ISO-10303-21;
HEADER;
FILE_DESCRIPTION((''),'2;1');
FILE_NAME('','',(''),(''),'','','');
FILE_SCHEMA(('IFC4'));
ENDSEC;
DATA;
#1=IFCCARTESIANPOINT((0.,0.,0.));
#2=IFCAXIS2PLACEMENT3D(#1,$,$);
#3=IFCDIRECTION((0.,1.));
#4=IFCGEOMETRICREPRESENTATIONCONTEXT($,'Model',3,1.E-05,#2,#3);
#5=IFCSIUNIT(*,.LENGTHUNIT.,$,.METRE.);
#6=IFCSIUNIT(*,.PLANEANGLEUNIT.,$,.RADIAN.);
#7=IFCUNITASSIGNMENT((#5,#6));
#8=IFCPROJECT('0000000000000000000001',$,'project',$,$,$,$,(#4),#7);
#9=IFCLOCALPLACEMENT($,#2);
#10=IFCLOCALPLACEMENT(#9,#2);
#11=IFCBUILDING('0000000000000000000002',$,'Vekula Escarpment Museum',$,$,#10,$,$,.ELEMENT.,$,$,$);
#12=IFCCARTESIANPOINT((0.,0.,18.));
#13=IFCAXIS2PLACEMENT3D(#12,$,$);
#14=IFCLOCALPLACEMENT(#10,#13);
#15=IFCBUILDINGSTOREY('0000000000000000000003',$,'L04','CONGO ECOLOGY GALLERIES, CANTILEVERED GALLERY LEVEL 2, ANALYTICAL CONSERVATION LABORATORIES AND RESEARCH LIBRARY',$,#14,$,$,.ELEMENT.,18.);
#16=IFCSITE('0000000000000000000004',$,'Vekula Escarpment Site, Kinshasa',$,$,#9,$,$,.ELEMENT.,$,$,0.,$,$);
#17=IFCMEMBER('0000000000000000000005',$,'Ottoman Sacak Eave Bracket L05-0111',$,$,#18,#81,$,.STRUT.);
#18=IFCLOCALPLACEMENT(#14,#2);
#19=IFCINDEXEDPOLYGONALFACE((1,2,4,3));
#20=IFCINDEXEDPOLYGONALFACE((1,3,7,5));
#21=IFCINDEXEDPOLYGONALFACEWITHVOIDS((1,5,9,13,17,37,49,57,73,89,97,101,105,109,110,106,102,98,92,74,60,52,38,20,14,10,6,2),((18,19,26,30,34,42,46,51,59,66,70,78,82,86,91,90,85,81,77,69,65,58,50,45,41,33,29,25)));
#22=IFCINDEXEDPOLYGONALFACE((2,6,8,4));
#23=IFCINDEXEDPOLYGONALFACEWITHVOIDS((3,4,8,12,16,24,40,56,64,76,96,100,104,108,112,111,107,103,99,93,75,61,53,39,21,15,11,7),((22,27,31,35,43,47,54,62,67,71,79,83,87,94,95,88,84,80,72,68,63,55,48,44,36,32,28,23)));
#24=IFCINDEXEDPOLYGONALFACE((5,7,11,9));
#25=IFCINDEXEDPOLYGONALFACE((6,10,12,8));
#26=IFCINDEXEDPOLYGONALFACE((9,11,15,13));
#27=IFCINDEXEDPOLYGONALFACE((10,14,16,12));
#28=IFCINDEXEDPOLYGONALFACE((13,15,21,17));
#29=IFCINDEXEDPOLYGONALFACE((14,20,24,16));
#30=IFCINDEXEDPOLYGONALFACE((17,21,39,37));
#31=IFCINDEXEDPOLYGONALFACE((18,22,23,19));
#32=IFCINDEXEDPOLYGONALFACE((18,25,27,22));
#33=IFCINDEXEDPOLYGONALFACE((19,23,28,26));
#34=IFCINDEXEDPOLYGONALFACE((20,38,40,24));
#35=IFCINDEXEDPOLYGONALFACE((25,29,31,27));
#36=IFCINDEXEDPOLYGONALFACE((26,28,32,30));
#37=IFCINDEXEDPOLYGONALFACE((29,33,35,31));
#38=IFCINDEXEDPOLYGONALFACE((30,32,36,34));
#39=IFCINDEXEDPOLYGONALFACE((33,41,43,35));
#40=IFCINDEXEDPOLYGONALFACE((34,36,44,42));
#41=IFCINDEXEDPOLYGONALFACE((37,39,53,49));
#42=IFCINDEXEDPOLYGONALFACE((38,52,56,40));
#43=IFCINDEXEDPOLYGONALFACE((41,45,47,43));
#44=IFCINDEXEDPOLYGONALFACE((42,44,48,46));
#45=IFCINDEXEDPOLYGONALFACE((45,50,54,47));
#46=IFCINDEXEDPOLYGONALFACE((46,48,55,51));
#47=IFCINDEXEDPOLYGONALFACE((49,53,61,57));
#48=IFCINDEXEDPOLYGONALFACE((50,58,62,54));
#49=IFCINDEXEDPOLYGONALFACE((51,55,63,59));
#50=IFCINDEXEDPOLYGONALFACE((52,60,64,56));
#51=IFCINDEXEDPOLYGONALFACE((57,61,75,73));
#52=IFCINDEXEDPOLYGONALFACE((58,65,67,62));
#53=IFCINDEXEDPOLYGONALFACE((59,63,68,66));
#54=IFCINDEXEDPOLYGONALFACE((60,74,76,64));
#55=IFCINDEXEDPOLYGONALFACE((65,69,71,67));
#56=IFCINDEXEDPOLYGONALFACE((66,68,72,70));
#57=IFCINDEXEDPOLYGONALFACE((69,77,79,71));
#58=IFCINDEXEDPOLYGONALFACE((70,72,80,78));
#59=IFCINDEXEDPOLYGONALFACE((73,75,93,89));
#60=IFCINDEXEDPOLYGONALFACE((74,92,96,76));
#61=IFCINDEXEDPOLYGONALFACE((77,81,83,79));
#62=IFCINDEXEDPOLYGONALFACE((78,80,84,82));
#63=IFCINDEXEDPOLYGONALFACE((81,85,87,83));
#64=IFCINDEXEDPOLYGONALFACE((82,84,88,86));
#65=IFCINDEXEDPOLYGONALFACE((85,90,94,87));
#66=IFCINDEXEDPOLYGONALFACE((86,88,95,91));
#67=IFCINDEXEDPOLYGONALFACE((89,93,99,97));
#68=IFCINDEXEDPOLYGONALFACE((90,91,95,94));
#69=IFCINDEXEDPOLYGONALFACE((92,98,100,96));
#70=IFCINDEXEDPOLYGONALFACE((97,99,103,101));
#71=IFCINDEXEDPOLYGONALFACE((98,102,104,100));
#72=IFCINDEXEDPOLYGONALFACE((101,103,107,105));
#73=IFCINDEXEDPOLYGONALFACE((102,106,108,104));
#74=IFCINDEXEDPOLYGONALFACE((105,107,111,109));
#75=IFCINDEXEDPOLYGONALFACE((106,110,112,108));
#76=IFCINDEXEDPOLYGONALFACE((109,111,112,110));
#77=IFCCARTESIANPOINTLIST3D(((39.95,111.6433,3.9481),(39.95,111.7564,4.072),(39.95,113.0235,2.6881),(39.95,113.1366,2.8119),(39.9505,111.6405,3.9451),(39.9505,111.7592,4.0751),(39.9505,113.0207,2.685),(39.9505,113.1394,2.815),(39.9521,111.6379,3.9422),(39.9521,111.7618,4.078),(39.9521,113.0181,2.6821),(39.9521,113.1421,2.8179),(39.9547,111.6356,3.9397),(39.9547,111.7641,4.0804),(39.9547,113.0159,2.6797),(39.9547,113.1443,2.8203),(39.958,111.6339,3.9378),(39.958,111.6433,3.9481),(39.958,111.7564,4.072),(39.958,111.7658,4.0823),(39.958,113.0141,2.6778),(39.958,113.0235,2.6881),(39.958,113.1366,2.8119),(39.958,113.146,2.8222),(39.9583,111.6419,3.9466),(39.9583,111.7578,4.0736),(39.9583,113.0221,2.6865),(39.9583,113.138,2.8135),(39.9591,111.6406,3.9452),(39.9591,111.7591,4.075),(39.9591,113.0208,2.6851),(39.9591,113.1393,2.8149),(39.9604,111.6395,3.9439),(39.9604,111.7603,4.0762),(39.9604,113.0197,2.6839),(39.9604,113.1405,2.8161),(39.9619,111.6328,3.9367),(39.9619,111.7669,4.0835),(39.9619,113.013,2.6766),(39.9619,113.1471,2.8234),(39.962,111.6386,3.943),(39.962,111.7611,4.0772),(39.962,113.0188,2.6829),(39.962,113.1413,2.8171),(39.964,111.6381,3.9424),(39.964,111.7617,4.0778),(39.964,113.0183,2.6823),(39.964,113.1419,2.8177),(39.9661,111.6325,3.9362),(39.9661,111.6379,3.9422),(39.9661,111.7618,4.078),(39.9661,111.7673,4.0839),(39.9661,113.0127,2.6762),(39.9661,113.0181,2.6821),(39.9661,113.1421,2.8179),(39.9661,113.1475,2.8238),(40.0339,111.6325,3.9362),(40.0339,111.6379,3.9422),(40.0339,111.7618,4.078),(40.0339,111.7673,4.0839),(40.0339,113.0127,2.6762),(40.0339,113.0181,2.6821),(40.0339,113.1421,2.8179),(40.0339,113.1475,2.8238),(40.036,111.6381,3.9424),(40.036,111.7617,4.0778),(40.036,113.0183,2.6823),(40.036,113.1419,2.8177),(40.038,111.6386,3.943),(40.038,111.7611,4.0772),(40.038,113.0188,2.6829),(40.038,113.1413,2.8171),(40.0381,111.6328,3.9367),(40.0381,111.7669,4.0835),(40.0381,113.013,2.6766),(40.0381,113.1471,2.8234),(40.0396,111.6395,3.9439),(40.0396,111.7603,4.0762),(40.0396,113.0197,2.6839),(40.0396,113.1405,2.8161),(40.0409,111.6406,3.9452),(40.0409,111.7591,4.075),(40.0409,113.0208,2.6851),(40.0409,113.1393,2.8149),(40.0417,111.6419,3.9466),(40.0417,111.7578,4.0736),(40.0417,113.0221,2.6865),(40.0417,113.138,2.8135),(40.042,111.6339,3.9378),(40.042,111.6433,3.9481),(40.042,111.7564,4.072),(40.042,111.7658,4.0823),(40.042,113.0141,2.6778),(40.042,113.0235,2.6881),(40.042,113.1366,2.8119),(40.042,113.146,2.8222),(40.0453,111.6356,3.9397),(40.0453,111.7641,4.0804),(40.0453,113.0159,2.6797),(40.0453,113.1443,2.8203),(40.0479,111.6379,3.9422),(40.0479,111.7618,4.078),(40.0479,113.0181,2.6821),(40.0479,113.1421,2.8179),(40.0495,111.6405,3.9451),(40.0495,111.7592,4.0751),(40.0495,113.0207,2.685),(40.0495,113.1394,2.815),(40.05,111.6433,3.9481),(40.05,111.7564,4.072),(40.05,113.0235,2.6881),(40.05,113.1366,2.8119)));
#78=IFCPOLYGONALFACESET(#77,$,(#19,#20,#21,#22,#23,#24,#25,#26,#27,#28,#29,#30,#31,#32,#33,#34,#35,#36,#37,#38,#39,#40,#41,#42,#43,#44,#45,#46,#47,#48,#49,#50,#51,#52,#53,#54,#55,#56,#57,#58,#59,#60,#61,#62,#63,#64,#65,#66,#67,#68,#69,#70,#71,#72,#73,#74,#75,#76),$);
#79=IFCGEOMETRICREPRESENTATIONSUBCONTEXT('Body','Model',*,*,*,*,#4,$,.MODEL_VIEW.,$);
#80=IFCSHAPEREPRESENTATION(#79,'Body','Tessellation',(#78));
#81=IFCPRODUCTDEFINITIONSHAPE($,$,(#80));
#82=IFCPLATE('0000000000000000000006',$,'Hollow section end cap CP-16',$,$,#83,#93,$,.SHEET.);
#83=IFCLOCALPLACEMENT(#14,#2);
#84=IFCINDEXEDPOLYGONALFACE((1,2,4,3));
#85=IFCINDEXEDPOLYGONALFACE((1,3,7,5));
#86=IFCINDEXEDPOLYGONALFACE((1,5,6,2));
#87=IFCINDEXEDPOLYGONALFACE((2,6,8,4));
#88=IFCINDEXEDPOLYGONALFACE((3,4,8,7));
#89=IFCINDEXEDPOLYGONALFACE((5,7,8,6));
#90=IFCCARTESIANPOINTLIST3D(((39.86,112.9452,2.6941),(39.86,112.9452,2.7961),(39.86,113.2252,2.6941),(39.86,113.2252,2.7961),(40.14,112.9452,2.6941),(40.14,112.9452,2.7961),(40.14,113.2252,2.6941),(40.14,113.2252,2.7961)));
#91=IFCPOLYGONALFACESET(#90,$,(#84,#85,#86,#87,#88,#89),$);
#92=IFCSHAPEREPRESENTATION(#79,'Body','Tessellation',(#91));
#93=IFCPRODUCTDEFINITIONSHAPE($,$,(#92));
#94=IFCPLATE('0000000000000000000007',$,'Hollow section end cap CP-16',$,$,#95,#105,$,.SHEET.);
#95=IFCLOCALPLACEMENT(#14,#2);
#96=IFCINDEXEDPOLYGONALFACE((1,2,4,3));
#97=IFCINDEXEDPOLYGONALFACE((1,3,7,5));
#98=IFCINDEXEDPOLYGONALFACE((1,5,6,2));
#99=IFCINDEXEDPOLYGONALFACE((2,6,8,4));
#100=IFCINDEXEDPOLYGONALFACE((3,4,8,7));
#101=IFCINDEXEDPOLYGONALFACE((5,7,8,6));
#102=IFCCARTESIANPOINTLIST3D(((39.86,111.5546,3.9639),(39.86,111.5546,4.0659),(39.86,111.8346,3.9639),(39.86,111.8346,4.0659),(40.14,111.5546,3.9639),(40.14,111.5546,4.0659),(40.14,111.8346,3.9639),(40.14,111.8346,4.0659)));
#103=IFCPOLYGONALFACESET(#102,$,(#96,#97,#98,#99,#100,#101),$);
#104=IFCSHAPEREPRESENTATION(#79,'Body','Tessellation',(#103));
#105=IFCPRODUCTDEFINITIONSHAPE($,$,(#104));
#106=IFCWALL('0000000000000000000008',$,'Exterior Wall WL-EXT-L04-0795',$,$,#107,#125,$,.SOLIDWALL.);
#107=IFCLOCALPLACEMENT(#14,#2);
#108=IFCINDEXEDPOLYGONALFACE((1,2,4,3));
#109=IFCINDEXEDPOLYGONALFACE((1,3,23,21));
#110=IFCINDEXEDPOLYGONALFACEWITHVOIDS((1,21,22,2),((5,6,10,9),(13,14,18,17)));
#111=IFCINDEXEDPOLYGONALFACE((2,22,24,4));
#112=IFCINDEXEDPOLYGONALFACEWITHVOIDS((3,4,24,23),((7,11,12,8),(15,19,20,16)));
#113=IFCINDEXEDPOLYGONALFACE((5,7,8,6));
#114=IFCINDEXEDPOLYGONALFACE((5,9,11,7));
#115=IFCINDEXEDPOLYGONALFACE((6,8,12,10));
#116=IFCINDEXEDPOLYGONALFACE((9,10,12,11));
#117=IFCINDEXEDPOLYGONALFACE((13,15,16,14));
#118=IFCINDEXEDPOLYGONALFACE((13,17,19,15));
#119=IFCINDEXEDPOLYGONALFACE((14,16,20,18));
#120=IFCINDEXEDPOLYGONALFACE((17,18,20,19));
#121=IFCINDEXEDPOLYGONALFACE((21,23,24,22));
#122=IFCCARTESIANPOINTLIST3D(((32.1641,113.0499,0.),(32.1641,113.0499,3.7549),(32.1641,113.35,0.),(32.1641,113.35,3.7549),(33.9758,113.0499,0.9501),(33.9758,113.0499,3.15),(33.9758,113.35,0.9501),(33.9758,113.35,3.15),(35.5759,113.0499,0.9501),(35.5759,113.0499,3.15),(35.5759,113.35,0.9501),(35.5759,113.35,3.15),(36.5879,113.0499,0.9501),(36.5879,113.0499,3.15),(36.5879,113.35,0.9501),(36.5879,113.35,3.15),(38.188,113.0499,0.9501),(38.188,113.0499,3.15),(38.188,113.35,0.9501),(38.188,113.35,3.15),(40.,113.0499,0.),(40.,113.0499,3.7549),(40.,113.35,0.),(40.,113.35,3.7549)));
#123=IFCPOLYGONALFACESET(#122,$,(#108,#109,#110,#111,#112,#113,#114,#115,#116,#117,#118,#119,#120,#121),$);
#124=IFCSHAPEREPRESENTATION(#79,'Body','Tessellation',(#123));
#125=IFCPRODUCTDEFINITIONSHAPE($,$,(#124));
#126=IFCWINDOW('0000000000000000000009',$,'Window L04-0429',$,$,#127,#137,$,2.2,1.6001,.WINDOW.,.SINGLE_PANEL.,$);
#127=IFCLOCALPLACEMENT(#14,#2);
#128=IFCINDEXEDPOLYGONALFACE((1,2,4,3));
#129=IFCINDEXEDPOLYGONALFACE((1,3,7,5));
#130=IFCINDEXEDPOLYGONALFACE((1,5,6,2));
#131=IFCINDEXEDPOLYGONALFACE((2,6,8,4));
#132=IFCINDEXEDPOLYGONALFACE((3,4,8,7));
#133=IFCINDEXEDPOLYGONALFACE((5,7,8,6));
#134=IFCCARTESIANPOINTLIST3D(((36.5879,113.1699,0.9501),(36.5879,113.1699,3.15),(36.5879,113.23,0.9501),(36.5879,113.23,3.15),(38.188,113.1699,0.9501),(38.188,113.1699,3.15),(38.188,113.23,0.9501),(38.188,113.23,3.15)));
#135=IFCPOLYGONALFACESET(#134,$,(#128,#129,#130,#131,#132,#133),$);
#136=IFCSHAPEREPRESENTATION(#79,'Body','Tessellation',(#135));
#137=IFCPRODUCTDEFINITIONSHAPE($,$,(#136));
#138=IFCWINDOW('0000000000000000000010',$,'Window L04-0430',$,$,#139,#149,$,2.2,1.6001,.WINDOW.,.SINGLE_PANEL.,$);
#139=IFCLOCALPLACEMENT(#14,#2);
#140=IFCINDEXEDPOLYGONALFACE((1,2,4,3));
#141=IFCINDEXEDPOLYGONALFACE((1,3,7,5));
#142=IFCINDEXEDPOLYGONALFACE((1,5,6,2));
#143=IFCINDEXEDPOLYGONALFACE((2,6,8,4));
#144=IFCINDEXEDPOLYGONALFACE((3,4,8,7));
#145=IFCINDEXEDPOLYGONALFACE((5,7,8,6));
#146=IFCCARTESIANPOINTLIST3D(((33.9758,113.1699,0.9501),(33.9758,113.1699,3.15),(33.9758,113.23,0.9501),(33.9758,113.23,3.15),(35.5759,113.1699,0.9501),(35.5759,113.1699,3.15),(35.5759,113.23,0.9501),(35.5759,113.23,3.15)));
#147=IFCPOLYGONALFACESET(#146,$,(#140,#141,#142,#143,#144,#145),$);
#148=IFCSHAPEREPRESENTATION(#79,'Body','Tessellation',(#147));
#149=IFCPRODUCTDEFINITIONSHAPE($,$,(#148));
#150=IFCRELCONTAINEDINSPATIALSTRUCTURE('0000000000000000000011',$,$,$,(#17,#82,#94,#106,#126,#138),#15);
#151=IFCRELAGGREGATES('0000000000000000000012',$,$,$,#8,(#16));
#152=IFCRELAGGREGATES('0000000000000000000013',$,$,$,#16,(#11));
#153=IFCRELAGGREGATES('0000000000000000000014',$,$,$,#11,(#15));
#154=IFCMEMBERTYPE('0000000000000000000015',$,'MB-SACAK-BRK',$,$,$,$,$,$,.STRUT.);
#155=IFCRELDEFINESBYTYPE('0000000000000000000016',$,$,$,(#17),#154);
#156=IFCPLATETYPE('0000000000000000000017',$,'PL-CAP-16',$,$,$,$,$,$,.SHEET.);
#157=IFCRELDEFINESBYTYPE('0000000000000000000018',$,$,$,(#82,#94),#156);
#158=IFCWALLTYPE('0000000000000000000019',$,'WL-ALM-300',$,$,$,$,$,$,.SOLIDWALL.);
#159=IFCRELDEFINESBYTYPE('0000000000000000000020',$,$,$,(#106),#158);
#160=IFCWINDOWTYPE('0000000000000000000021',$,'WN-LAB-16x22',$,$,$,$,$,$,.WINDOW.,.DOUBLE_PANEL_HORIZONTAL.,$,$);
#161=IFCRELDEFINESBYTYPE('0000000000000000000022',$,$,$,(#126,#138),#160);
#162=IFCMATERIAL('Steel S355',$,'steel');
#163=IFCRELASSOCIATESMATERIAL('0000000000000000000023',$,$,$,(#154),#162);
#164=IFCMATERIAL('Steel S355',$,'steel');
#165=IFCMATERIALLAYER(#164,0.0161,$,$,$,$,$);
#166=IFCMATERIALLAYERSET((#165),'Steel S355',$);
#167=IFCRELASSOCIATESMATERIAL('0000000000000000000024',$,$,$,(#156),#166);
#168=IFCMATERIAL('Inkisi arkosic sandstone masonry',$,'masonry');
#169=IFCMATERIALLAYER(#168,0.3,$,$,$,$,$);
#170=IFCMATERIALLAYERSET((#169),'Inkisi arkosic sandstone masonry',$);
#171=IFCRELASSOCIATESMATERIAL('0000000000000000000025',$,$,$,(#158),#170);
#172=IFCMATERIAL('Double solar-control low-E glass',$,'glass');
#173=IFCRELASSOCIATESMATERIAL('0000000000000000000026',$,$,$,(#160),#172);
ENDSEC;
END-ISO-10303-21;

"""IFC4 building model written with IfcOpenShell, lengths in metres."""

from ifc_helpers import new_model, si_unit, direction, frame, frame_2d, origin, origin_2d, place, context, subcontext, project, spatial, rectangle, hollow_rectangle, extrude, material, layer, layer_set, material_profile, profile_set, type_object, element, fill, save


model = new_model("IFC4")

# Units and contexts
model_context = context("Model", 3, precision=1e-05, world=origin(), true_north=direction((0.0, 1.0)))
body_context = subcontext(model_context, "Body", "Model", "MODEL_VIEW")
ifc_project = project(units=[si_unit("LENGTHUNIT", "METRE"), si_unit("PLANEANGLEUNIT", "RADIAN")], contexts=[model_context])

# Site, building, storey
site_placement = place(None, origin())
site = spatial("IfcSite", under=ifc_project, at=site_placement, Name="Vekula Escarpment Site, Kinshasa", CompositionType="ELEMENT", RefElevation=0.0)
building_placement = place(site_placement, origin())
building = spatial("IfcBuilding", under=site, at=building_placement, Name="Vekula Escarpment Museum", CompositionType="ELEMENT")
storey_placement = place(building_placement, frame((0.0, 0.0, 18.0)))
storey = spatial("IfcBuildingStorey", under=building, at=storey_placement, Name="L04", Description="CONGO ECOLOGY GALLERIES, CANTILEVERED GALLERY LEVEL 2, ANALYTICAL CONSERVATION LABORATORIES AND RESEARCH LIBRARY", CompositionType="ELEMENT", Elevation=18.0)

# Member
ifc_material_1 = material(Name="Steel S355", Category="steel")
ifc_material_profile_1 = material_profile(ifc_material_1, hollow_rectangle(XDim=0.1001, YDim=0.2, WallThickness=0.0081, InnerFilletRadius=0.0081, OuterFilletRadius=0.0161, at=origin_2d()), Name="RHS 200x100x8")
ifc_profile_set_1 = profile_set([ifc_material_profile_1], Name="Steel S355")
member_type = type_object("IfcMemberType", Name="MB-SACAK-BRK", PredefinedType="STRUT", material=ifc_profile_set_1)
member_placement = place(storey_placement, frame((40.0, 113.0801, 2.75), z_axis=(0.0, -0.738514, 0.674238), x_axis=(1.0, 0.0, 0.0)))
element("IfcMember", 1, at=member_placement, inside=storey, type_object=member_type, Name="Ottoman Sacak Eave Bracket L05-0111", PredefinedType="STRUT", context=body_context, shape_type="SweptSolid", body=[
    extrude(hollow_rectangle(XDim=0.1001, YDim=0.2, WallThickness=0.0081, InnerFilletRadius=0.0081, OuterFilletRadius=0.0161, at=origin_2d()), origin(), (0.0, 0.0, 1.0), 1.8689),
])

# Plates
ifc_material_2 = material(Name="Steel S355", Category="steel")
ifc_layer_1 = layer(ifc_material_2, 0.0161)
ifc_layer_set_1 = layer_set([ifc_layer_1], Name="Steel S355")
plate_type = type_object("IfcPlateType", Name="PL-CAP-16", PredefinedType="SHEET", material=ifc_layer_set_1)
for number, where, z_axis, x_axis, name in (
    (2, (40.0, 113.0852, 2.6941), (0.0, 0.0, 1.0), (1.0, 0.0, 0.0), "Hollow section end cap CP-16"),
    (3, (40.0, 111.6946, 3.9639), (0.0, 0.0, 1.0), (1.0, 0.0, 0.0), "Hollow section end cap CP-16"),
):
    element("IfcPlate", number, at=place(storey_placement, frame(where, z_axis=z_axis, x_axis=x_axis)), inside=storey, type_object=plate_type, Name=name, PredefinedType="SHEET", context=body_context, shape_type="SweptSolid", body=[
        extrude(rectangle(XDim=0.28, YDim=0.28, at=origin_2d()), origin(), (0.0, 0.0, 1.0), 0.1021),
    ])

# Wall, openings, windows
ifc_material_3 = material(Name="Inkisi arkosic sandstone masonry", Category="masonry")
ifc_layer_2 = layer(ifc_material_3, 0.3)
ifc_layer_set_2 = layer_set([ifc_layer_2], Name="Inkisi arkosic sandstone masonry")
wall_type_1 = type_object("IfcWallType", Name="WL-ALM-300", PredefinedType="SOLIDWALL", material=ifc_layer_set_2)
wall_1_placement = place(storey_placement, frame((40.0, 113.2, 0.0), z_axis=(0.0, 0.0, 1.0), x_axis=(-1.0, 0.0, 0.0)))
wall_1 = element("IfcWall", 4, at=wall_1_placement, inside=storey, type_object=wall_type_1, Name="Exterior Wall WL-EXT-L04-0795", PredefinedType="SOLIDWALL", context=body_context, shape_type="SweptSolid", body=[
    extrude(rectangle(XDim=7.8359, YDim=0.3, at=frame_2d((3.918, 0.0))), origin(), (0.0, 0.0, 1.0), 3.7549),
])
opening_1_placement = place(wall_1_placement, frame((1.812, 0.0, 0.95)))
opening_1 = element("IfcOpeningElement", 5, at=opening_1_placement, cuts=wall_1, PredefinedType="OPENING", context=body_context, shape_type="SweptSolid", body=[
    extrude(rectangle(XDim=1.6001, YDim=2.2, at=frame_2d((0.8, 1.1001))), frame((0.0, 0.1599, 0.0), z_axis=(0.0, -1.0, 0.0), x_axis=(1.0, 0.0, 0.0)), (0.0, 0.0, 1.0), 0.3201),
])
opening_2_placement = place(wall_1_placement, frame((4.4241, 0.0, 0.95)))
opening_2 = element("IfcOpeningElement", 6, at=opening_2_placement, cuts=wall_1, PredefinedType="OPENING", context=body_context, shape_type="SweptSolid", body=[
    extrude(rectangle(XDim=1.6001, YDim=2.2, at=frame_2d((0.8, 1.1001))), frame((0.0, 0.1599, 0.0), z_axis=(0.0, -1.0, 0.0), x_axis=(1.0, 0.0, 0.0)), (0.0, 0.0, 1.0), 0.3201),
])
ifc_material_4 = material(Name="Double solar-control low-E glass", Category="glass")
window_type_1 = type_object("IfcWindowType", Name="WN-LAB-16x22", PartitioningType="DOUBLE_PANEL_HORIZONTAL", PredefinedType="WINDOW", material=ifc_material_4)
window_1_placement = place(opening_1_placement, origin())
window_1 = element("IfcWindow", 7, at=window_1_placement, inside=storey, type_object=window_type_1, Name="Window L04-0429", OverallHeight=2.2, OverallWidth=1.6001, PartitioningType="SINGLE_PANEL", PredefinedType="WINDOW", context=body_context, shape_type="SweptSolid", body=[
    extrude(rectangle(XDim=1.6001, YDim=2.2, at=frame_2d((0.8, 1.1001))), frame((0.0, 0.03, 0.0), z_axis=(0.0, -1.0, 0.0), x_axis=(1.0, 0.0, 0.0)), (0.0, 0.0, 1.0), 0.0601),
])
fill(opening_1, window_1)
window_2_placement = place(opening_2_placement, origin())
window_2 = element("IfcWindow", 8, at=window_2_placement, inside=storey, type_object=window_type_1, Name="Window L04-0430", OverallHeight=2.2, OverallWidth=1.6001, PartitioningType="SINGLE_PANEL", PredefinedType="WINDOW", context=body_context, shape_type="SweptSolid", body=[
    extrude(rectangle(XDim=1.6001, YDim=2.2, at=frame_2d((0.8, 1.1001))), frame((0.0, 0.03, 0.0), z_axis=(0.0, -1.0, 0.0), x_axis=(1.0, 0.0, 0.0)), (0.0, 0.0, 1.0), 0.0601),
])
fill(opening_2, window_2)

save(model, "model.ifc")
